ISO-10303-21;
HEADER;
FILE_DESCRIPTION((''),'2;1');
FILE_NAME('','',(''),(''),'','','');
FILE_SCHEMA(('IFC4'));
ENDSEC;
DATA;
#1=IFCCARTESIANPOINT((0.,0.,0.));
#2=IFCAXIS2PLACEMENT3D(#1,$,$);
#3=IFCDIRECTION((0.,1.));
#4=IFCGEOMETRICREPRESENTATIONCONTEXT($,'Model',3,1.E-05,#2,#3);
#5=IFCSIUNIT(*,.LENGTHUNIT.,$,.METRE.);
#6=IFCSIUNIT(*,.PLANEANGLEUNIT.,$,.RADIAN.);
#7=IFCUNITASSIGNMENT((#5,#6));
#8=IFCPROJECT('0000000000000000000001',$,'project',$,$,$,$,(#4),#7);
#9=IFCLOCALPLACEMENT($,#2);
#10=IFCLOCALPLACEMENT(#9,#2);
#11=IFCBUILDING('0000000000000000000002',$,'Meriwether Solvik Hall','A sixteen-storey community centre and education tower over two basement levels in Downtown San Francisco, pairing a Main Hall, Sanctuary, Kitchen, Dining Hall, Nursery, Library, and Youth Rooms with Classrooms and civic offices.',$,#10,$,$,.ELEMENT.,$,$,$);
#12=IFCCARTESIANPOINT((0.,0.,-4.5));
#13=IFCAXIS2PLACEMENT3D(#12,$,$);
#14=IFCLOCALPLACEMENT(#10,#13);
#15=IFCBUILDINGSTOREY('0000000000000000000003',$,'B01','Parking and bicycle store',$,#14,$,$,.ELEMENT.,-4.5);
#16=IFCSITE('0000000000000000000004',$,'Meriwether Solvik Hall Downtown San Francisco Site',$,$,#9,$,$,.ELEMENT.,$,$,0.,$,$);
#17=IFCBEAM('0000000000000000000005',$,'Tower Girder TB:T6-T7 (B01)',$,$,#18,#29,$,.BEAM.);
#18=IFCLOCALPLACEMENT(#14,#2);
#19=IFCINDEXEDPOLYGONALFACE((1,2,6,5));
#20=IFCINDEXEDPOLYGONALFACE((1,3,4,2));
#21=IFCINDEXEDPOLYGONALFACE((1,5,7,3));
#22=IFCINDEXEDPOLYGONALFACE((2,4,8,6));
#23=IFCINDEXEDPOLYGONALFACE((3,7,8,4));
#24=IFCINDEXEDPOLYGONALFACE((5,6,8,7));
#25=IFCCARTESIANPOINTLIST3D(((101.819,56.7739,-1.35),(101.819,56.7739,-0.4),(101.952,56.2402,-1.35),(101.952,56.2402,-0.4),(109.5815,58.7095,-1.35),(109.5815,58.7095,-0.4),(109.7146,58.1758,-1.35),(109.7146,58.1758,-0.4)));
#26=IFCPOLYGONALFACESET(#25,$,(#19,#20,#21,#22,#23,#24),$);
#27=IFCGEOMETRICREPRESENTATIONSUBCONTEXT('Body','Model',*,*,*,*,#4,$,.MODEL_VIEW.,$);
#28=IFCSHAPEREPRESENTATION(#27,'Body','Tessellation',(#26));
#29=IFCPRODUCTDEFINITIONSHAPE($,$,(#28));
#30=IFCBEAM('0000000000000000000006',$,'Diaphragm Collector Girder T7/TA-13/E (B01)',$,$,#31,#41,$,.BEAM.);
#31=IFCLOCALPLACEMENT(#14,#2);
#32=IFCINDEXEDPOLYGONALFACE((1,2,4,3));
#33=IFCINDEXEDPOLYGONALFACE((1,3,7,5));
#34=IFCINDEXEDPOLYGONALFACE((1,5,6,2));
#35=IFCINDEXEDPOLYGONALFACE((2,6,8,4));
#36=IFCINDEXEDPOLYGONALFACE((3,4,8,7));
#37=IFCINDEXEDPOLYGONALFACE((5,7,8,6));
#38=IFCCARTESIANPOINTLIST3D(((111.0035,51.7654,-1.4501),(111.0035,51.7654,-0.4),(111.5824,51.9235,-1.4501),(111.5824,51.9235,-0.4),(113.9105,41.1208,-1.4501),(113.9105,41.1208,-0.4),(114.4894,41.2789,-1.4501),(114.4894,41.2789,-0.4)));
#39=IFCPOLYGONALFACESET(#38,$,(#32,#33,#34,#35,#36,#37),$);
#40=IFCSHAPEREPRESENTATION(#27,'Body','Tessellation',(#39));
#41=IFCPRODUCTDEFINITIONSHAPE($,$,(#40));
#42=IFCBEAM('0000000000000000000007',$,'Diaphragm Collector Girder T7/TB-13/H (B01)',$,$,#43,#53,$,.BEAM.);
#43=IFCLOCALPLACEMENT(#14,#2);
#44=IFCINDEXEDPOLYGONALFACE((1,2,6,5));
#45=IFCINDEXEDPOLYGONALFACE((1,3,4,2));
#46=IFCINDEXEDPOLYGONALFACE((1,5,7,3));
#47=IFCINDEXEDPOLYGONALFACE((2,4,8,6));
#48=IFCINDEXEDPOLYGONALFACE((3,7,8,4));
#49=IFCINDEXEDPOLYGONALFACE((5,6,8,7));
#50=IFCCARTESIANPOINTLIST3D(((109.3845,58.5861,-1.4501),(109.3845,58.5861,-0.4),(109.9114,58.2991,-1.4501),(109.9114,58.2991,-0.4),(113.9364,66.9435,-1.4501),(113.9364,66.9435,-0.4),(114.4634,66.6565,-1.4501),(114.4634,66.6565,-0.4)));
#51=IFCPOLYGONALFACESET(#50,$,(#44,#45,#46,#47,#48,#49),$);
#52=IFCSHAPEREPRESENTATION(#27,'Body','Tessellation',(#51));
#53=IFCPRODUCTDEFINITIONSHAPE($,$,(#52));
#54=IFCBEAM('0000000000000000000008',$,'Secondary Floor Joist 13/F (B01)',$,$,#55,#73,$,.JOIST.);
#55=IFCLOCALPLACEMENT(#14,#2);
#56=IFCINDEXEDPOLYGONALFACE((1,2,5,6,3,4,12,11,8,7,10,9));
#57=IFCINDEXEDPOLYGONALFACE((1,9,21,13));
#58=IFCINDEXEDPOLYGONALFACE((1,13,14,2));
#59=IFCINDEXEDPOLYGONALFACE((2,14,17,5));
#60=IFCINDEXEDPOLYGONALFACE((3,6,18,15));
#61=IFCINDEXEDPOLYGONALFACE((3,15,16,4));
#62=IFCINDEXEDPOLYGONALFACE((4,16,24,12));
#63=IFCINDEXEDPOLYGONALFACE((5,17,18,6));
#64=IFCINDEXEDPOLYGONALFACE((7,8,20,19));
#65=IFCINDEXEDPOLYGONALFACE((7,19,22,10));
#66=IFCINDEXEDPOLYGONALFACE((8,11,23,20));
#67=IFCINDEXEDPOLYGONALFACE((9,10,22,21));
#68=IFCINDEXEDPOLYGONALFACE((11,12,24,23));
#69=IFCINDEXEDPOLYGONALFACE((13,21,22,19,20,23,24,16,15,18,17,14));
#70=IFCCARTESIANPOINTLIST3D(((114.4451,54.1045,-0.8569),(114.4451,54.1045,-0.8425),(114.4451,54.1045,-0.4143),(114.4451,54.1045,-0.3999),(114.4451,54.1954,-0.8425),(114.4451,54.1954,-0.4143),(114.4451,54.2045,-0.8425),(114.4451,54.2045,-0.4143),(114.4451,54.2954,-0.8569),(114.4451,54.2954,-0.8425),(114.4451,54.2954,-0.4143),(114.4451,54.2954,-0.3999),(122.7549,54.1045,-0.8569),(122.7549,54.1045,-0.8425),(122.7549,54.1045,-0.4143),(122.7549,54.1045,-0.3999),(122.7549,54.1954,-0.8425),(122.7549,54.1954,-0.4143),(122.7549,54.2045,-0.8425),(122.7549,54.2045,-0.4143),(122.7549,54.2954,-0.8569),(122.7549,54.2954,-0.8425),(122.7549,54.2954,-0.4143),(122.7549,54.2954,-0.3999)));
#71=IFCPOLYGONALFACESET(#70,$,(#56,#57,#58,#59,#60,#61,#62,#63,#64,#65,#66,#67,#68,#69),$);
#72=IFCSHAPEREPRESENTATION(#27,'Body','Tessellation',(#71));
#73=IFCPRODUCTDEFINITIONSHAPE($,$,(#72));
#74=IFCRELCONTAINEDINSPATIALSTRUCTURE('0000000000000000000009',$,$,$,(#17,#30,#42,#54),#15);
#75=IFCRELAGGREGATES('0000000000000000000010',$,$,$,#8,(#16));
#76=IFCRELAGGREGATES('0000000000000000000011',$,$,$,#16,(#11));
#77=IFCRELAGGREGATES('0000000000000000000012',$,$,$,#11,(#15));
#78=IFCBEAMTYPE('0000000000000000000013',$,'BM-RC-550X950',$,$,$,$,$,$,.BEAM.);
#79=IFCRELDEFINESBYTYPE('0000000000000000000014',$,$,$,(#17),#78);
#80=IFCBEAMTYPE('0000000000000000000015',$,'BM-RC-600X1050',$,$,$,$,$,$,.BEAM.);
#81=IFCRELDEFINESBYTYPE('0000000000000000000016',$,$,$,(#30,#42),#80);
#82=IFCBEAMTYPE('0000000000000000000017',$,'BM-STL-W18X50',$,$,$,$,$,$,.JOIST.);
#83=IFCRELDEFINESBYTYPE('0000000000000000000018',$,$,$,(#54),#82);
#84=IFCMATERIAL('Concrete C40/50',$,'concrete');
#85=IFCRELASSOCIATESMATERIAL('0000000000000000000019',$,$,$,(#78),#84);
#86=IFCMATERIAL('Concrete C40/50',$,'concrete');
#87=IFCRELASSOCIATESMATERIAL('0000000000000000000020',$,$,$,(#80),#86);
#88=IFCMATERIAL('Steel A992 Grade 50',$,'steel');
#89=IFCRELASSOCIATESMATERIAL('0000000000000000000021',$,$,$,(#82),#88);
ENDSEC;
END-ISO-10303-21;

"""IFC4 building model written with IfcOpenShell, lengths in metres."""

from ifc_helpers import new_model, si_unit, direction, frame, origin, origin_2d, place, context, subcontext, project, spatial, rectangle, i_section, extrude, material, material_profile, profile_set, type_object, element, save


model = new_model("IFC4")

# Units and contexts
model_context = context("Model", 3, precision=1e-05, world=origin(), true_north=direction((0.0, 1.0)))
body_context = subcontext(model_context, "Body", "Model", "MODEL_VIEW")
ifc_project = project(units=[si_unit("LENGTHUNIT", "METRE"), si_unit("PLANEANGLEUNIT", "RADIAN")], contexts=[model_context])

# Site, building, storey
site_placement = place(None, origin())
site = spatial("IfcSite", under=ifc_project, at=site_placement, Name="Meriwether Solvik Hall Downtown San Francisco Site", CompositionType="ELEMENT", RefElevation=0.0)
building_placement = place(site_placement, origin())
building = spatial("IfcBuilding", under=site, at=building_placement, Name="Meriwether Solvik Hall", Description="A sixteen-storey community centre and education tower over two basement levels in Downtown San Francisco, pairing a Main Hall, Sanctuary, Kitchen, Dining Hall, Nursery, Library, and Youth Rooms with Classrooms and civic offices.", CompositionType="ELEMENT")
storey_placement = place(building_placement, frame((0.0, 0.0, -4.5)))
storey = spatial("IfcBuildingStorey", under=building, at=storey_placement, Name="B01", Description="Parking and bicycle store", CompositionType="ELEMENT", Elevation=-4.5)

# Beams
ifc_material_1 = material(Name="Concrete C40/50", Category="concrete")
ifc_material_profile_1 = material_profile(ifc_material_1, rectangle(XDim=0.55, YDim=0.95, at=origin_2d()), Name="RCB-550X950")
ifc_profile_set_1 = profile_set([ifc_material_profile_1], Name="Concrete C40/50")
beam_type_1 = type_object("IfcBeamType", Name="BM-RC-550X950", PredefinedType="BEAM", material=ifc_profile_set_1)
beam_1_placement = place(storey_placement, frame((101.8855, 56.5071, -0.875), z_axis=(0.970291, 0.24194, 0.0), x_axis=(-0.24194, 0.970291, 0.0)))
element("IfcBeam", 1, at=beam_1_placement, inside=storey, type_object=beam_type_1, Name="Tower Girder TB:T6-T7 (B01)", PredefinedType="BEAM", context=body_context, shape_type="SweptSolid", body=[
    extrude(rectangle(XDim=0.55, YDim=0.95, at=origin_2d()), origin(), (0.0, 0.0, 1.0), 8.0002),
])
ifc_material_2 = material(Name="Concrete C40/50", Category="concrete")
ifc_material_profile_2 = material_profile(ifc_material_2, rectangle(XDim=0.6001, YDim=1.05, at=origin_2d()), Name="RCB-600X1050")
ifc_profile_set_2 = profile_set([ifc_material_profile_2], Name="Concrete C40/50")
beam_type_2 = type_object("IfcBeamType", Name="BM-RC-600X1050", PredefinedType="BEAM", material=ifc_profile_set_2)
beam_2_placement = place(storey_placement, frame((111.293, 51.8445, -0.925), z_axis=(0.263449, -0.964673, 0.0), x_axis=(0.964673, 0.263449, 0.0)))
element("IfcBeam", 2, at=beam_2_placement, inside=storey, type_object=beam_type_2, Name="Diaphragm Collector Girder T7/TA-13/E (B01)", PredefinedType="BEAM", context=body_context, shape_type="SweptSolid", body=[
    extrude(rectangle(XDim=0.6001, YDim=1.05, at=origin_2d()), origin(), (0.0, 0.0, 1.0), 11.0344),
])
beam_3_placement = place(storey_placement, frame((109.6479, 58.4426, -0.925), z_axis=(0.478318, 0.878187, 0.0), x_axis=(-0.878187, 0.478318, 0.0)))
element("IfcBeam", 3, at=beam_3_placement, inside=storey, type_object=beam_type_2, Name="Diaphragm Collector Girder T7/TB-13/H (B01)", PredefinedType="BEAM", context=body_context, shape_type="SweptSolid", body=[
    extrude(rectangle(XDim=0.6001, YDim=1.05, at=origin_2d()), origin(), (0.0, 0.0, 1.0), 9.5166),
])
ifc_material_3 = material(Name="Steel A992 Grade 50", Category="steel")
ifc_material_profile_3 = material_profile(ifc_material_3, i_section(OverallWidth=0.1909, OverallDepth=0.457, WebThickness=0.009, FlangeThickness=0.0144, at=origin_2d()), Name="W18X50")
ifc_profile_set_3 = profile_set([ifc_material_profile_3], Name="Steel A992 Grade 50")
beam_type_3 = type_object("IfcBeamType", Name="BM-STL-W18X50", PredefinedType="JOIST", material=ifc_profile_set_3)
beam_4_placement = place(storey_placement, frame((114.4451, 54.2, -0.6284), z_axis=(1.0, 0.0, 0.0), x_axis=(0.0, 1.0, 0.0)))
element("IfcBeam", 4, at=beam_4_placement, inside=storey, type_object=beam_type_3, Name="Secondary Floor Joist 13/F (B01)", PredefinedType="JOIST", context=body_context, shape_type="SweptSolid", body=[
    extrude(i_section(OverallWidth=0.1909, OverallDepth=0.457, WebThickness=0.009, FlangeThickness=0.0144, at=origin_2d()), origin(), (0.0, 0.0, 1.0), 8.3098),
])

save(model, "model.ifc")
